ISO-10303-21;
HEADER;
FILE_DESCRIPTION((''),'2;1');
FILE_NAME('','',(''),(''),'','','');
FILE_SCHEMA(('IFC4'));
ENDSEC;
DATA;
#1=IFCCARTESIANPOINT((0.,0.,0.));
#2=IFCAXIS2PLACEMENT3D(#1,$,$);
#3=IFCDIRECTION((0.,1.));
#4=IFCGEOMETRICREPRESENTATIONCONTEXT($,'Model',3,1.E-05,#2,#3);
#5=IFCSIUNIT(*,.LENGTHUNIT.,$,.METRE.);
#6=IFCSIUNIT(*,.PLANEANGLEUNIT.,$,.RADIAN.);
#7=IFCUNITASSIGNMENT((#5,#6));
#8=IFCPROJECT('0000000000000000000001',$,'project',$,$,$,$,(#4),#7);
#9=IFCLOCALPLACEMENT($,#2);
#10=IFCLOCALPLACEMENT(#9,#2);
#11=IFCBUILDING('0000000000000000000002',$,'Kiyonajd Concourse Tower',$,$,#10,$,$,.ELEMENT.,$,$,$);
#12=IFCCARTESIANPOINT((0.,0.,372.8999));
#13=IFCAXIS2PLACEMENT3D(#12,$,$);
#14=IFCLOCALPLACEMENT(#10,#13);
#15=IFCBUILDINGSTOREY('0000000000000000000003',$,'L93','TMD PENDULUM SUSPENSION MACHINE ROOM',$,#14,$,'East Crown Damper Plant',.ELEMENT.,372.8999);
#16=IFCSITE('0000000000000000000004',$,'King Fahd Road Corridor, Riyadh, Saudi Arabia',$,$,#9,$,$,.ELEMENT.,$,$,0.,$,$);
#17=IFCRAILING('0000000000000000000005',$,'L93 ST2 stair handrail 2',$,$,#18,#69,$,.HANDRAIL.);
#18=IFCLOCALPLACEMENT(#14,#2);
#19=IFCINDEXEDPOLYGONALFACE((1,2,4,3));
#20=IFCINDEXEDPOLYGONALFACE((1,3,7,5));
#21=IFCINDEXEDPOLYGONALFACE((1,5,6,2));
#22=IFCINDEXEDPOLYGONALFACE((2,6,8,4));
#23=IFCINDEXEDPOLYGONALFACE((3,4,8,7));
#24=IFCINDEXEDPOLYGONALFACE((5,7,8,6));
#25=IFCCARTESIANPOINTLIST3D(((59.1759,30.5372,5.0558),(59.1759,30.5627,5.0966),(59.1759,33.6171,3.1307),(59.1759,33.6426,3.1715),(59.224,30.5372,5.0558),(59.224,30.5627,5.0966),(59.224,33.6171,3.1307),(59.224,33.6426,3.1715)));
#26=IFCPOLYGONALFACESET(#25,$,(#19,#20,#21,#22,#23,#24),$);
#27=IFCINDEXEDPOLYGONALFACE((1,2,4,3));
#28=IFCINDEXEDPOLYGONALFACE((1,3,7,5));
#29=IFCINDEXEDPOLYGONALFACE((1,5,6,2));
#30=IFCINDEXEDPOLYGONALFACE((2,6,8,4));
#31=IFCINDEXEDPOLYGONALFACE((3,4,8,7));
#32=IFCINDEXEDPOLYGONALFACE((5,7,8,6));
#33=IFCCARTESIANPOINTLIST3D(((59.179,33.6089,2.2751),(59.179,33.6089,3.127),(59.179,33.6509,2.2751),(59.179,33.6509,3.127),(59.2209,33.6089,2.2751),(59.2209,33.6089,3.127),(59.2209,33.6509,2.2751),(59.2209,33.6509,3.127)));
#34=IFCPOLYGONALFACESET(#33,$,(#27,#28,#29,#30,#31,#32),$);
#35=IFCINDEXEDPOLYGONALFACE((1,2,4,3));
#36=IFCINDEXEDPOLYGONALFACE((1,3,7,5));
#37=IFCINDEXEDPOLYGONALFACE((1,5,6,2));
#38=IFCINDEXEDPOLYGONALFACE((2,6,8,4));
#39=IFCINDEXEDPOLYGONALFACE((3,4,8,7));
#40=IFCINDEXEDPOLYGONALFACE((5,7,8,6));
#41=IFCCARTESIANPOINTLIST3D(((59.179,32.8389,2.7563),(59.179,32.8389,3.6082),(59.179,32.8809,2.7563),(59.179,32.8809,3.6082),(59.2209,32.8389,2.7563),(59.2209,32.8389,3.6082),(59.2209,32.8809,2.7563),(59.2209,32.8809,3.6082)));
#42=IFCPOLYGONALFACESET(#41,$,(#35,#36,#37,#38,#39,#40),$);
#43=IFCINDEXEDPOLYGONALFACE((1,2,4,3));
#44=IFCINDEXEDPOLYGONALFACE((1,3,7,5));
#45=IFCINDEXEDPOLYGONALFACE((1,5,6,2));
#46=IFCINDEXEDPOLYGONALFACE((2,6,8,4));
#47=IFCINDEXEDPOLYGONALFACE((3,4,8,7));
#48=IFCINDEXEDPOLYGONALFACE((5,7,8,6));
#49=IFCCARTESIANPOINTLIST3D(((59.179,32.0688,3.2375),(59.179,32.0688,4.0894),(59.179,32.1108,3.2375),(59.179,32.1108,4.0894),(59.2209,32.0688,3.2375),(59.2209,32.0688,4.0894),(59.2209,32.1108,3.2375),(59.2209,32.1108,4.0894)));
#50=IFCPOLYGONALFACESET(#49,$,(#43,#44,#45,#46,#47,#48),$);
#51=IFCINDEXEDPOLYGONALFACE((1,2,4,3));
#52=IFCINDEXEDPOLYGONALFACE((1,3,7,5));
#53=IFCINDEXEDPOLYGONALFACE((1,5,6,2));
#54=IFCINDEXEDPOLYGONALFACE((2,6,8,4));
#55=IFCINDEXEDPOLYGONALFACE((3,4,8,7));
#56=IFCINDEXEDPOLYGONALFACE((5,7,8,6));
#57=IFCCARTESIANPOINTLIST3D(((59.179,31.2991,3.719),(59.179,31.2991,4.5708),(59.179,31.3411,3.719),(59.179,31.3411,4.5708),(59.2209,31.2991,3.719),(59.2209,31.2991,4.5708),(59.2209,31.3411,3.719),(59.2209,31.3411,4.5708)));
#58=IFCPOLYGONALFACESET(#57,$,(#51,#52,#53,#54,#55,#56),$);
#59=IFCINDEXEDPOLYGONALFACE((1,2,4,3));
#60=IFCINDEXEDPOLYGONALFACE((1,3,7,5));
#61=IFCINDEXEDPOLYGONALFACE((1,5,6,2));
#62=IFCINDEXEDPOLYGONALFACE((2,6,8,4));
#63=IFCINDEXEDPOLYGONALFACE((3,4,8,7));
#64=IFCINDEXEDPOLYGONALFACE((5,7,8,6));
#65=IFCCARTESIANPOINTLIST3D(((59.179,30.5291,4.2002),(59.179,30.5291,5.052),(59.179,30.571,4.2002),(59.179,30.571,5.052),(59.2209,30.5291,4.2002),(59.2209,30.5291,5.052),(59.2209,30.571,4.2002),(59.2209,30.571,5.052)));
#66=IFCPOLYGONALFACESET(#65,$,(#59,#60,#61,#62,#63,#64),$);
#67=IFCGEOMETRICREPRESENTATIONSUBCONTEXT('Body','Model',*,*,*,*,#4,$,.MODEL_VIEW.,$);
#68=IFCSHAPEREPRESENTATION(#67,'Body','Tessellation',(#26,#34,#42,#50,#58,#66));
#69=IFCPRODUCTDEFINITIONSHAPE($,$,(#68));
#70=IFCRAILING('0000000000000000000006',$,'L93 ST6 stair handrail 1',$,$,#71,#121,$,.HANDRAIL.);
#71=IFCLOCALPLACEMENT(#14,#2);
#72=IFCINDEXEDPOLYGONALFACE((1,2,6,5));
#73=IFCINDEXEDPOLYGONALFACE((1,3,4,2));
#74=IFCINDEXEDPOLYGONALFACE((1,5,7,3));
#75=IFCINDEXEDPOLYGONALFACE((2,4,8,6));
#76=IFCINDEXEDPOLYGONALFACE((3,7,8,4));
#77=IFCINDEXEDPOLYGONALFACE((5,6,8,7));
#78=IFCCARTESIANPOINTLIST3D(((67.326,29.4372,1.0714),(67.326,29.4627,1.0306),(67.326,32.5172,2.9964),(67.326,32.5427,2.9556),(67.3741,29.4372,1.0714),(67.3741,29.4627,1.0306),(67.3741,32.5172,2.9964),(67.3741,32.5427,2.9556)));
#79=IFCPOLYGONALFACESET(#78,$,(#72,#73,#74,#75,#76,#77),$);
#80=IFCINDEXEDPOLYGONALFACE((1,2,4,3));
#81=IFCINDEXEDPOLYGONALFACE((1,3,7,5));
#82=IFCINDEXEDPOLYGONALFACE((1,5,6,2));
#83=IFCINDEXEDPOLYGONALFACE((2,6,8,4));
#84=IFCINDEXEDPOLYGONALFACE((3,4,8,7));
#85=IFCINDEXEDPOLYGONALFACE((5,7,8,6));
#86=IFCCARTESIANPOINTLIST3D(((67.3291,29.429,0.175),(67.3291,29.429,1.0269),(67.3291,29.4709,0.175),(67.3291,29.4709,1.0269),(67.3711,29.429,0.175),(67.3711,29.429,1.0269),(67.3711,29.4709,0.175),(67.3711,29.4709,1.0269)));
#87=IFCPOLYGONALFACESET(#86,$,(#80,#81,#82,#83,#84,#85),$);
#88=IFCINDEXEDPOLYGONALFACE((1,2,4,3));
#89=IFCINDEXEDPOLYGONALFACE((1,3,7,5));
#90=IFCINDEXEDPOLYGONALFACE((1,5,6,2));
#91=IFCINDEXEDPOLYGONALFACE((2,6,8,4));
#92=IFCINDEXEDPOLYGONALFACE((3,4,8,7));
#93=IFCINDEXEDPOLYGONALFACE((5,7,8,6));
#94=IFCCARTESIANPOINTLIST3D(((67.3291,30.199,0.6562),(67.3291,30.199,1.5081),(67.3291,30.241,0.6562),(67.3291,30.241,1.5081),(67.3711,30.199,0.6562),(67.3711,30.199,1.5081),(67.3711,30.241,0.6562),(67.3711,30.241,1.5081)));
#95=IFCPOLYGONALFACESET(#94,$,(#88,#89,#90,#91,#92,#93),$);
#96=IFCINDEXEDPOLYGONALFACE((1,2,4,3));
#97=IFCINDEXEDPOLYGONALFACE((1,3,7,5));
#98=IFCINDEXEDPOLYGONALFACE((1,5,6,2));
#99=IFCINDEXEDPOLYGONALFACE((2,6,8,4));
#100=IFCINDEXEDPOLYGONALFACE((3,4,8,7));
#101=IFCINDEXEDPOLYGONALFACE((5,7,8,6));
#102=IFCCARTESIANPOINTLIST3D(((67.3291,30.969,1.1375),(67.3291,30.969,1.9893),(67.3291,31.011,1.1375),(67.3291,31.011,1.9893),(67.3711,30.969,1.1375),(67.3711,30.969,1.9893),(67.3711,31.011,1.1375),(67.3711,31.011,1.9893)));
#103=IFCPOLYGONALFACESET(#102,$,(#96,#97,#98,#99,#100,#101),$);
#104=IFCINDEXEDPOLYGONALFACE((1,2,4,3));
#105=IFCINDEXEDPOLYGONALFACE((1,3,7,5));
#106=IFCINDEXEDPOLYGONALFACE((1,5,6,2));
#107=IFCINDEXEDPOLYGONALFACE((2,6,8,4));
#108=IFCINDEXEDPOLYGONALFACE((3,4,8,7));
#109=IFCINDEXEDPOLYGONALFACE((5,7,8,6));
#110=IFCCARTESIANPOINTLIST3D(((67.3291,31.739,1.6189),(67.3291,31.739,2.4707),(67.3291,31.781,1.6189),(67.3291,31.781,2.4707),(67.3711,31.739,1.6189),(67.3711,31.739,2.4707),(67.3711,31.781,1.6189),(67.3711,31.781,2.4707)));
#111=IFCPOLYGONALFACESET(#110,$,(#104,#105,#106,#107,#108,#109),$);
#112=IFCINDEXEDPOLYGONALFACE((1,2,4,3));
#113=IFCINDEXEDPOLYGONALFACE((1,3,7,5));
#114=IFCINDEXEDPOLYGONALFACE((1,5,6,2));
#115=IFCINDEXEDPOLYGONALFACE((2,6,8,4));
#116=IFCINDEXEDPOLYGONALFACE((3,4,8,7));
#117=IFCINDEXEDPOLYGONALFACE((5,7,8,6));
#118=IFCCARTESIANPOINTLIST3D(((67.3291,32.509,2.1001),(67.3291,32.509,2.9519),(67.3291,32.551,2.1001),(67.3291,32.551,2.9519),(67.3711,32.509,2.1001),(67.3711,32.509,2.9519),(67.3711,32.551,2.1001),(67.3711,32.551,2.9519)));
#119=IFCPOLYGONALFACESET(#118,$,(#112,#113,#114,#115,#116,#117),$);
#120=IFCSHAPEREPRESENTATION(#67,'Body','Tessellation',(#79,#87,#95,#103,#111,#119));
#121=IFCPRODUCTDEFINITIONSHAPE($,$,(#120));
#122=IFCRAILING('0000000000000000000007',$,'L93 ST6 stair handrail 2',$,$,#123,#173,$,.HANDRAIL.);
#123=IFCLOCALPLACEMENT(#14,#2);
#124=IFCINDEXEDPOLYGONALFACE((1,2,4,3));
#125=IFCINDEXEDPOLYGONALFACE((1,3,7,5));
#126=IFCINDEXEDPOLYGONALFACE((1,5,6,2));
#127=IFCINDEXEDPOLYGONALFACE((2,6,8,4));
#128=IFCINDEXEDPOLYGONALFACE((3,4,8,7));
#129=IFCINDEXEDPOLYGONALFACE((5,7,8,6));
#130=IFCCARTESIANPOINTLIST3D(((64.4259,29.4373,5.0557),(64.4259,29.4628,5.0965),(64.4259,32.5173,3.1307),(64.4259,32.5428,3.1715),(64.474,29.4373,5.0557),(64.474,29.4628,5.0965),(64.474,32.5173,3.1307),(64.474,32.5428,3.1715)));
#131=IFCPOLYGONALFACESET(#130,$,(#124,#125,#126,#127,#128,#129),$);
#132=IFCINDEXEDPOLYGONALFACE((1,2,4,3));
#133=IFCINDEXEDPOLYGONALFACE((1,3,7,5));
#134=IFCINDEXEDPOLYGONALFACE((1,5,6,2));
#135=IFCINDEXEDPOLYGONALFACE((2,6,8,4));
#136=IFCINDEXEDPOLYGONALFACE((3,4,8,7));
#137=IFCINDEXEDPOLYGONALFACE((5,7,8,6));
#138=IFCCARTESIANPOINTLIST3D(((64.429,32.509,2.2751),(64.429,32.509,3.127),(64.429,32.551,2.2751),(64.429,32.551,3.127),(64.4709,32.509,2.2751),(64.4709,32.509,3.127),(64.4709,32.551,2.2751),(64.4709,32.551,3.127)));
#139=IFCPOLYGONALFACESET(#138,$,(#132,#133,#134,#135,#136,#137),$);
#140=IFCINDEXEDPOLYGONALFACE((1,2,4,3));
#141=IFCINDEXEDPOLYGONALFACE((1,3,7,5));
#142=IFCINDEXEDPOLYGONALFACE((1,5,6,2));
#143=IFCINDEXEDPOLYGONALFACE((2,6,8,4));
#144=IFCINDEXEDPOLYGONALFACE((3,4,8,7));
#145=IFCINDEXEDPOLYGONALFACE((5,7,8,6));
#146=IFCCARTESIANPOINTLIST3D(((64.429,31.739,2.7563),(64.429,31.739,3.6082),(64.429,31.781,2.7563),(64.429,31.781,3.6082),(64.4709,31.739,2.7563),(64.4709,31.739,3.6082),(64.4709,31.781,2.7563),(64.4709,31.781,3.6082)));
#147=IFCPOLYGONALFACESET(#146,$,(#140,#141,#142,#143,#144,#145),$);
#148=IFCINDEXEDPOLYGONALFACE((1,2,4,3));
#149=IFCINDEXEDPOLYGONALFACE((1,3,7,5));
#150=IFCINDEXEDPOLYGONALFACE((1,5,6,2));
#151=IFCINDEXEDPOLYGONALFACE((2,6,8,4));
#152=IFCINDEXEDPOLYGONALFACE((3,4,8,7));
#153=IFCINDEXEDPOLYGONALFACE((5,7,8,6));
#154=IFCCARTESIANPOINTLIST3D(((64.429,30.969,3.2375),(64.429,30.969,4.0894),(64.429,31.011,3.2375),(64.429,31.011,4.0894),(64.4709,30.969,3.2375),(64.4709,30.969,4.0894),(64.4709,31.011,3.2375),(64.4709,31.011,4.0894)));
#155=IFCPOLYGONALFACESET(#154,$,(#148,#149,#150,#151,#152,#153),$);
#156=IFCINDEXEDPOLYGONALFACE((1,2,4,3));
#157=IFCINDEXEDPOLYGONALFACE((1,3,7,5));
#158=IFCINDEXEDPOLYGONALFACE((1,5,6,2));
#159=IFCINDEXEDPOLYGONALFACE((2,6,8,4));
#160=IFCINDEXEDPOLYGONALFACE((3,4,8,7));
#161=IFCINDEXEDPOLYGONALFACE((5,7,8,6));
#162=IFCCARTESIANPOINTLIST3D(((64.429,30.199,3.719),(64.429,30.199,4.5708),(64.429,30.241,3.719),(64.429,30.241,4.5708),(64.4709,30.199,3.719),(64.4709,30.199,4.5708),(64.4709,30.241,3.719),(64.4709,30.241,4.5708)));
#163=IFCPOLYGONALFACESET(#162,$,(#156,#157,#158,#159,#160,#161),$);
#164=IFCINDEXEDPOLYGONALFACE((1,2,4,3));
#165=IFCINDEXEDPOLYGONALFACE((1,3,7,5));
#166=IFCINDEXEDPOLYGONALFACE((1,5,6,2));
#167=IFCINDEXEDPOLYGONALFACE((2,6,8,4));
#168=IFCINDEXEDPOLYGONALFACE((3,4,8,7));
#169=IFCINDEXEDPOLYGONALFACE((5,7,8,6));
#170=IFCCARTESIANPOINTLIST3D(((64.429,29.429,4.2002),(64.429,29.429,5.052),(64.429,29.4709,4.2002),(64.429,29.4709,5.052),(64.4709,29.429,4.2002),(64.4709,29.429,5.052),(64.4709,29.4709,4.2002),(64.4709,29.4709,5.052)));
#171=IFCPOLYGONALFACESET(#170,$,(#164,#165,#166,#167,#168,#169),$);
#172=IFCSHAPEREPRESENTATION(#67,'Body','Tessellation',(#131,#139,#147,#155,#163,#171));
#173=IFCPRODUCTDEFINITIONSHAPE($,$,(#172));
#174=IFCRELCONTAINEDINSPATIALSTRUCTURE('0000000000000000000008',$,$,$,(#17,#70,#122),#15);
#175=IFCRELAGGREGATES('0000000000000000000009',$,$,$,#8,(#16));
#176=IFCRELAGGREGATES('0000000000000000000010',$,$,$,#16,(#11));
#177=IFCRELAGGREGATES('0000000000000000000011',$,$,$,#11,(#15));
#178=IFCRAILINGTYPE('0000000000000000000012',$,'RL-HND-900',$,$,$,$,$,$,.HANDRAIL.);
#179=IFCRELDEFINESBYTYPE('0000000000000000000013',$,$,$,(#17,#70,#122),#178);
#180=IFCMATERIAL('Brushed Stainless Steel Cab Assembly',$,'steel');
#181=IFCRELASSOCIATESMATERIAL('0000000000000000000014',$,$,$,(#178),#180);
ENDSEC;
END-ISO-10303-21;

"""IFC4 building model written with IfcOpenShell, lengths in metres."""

from ifc_helpers import new_model, si_unit, direction, frame, origin, origin_2d, place, context, subcontext, project, spatial, rectangle, extrude, material, type_object, element, save


model = new_model("IFC4")

# Units and contexts
model_context = context("Model", 3, precision=1e-05, world=origin(), true_north=direction((0.0, 1.0)))
body_context = subcontext(model_context, "Body", "Model", "MODEL_VIEW")
ifc_project = project(units=[si_unit("LENGTHUNIT", "METRE"), si_unit("PLANEANGLEUNIT", "RADIAN")], contexts=[model_context])

# Site, building, storey
site_placement = place(None, origin())
site = spatial("IfcSite", under=ifc_project, at=site_placement, Name="King Fahd Road Corridor, Riyadh, Saudi Arabia", CompositionType="ELEMENT", RefElevation=0.0)
building_placement = place(site_placement, origin())
building = spatial("IfcBuilding", under=site, at=building_placement, Name="Kiyonajd Concourse Tower", CompositionType="ELEMENT")
storey_placement = place(building_placement, frame((0.0, 0.0, 372.8999)))
storey = spatial("IfcBuildingStorey", under=building, at=storey_placement, Name="L93", Description="TMD PENDULUM SUSPENSION MACHINE ROOM", LongName="East Crown Damper Plant", CompositionType="ELEMENT", Elevation=372.8999)

# Railings
ifc_material_1 = material(Name="Brushed Stainless Steel Cab Assembly", Category="steel")
railing_type_1 = type_object("IfcRailingType", Name="RL-HND-900", PredefinedType="HANDRAIL", material=ifc_material_1)
railing_1_placement = place(storey_placement, frame((59.2, 33.6299, 2.2751)))
element("IfcRailing", 1, at=railing_1_placement, inside=storey, type_object=railing_type_1, Name="L93 ST2 stair handrail 2", PredefinedType="HANDRAIL", context=body_context, shape_type="SweptSolid", body=[
    extrude(rectangle(XDim=0.0481, YDim=0.0481, at=origin_2d()), frame((0.0, 0.0, 0.876), z_axis=(0.0, -0.847979, 0.530029), x_axis=(1.0, 0.0, 0.0)), (0.0, 0.0, 1.0), 3.6321),
    extrude(rectangle(XDim=0.042, YDim=0.042, at=origin_2d()), origin(), (0.0, 0.0, 1.0), 0.8518),
    extrude(rectangle(XDim=0.042, YDim=0.042, at=origin_2d()), frame((0.0, -0.77, 0.4812)), (0.0, 0.0, 1.0), 0.8518),
    extrude(rectangle(XDim=0.042, YDim=0.042, at=origin_2d()), frame((0.0, -1.54, 0.9624)), (0.0, 0.0, 1.0), 0.8518),
    extrude(rectangle(XDim=0.042, YDim=0.042, at=origin_2d()), frame((0.0, -2.3098, 1.4438)), (0.0, 0.0, 1.0), 0.8518),
    extrude(rectangle(XDim=0.042, YDim=0.042, at=origin_2d()), frame((0.0, -3.0798, 1.925)), (0.0, 0.0, 1.0), 0.8518),
])
railing_2_placement = place(storey_placement, frame((67.3501, 29.45, 0.175)))
element("IfcRailing", 2, at=railing_2_placement, inside=storey, type_object=railing_type_1, Name="L93 ST6 stair handrail 1", PredefinedType="HANDRAIL", context=body_context, shape_type="SweptSolid", body=[
    extrude(rectangle(XDim=0.0481, YDim=0.0481, at=origin_2d()), frame((0.0, 0.0, 0.876), z_axis=(0.0, 0.847998, 0.529999), x_axis=(-1.0, 0.0, 0.0)), (0.0, 0.0, 1.0), 3.6321),
    extrude(rectangle(XDim=0.042, YDim=0.042, at=origin_2d()), origin(), (0.0, 0.0, 1.0), 0.8518),
    extrude(rectangle(XDim=0.042, YDim=0.042, at=origin_2d()), frame((0.0, 0.77, 0.4812)), (0.0, 0.0, 1.0), 0.8518),
    extrude(rectangle(XDim=0.042, YDim=0.042, at=origin_2d()), frame((0.0, 1.54, 0.9624)), (0.0, 0.0, 1.0), 0.8518),
    extrude(rectangle(XDim=0.042, YDim=0.042, at=origin_2d()), frame((0.0, 2.3101, 1.4438)), (0.0, 0.0, 1.0), 0.8518),
    extrude(rectangle(XDim=0.042, YDim=0.042, at=origin_2d()), frame((0.0, 3.0801, 1.925)), (0.0, 0.0, 1.0), 0.8518),
])
railing_3_placement = place(storey_placement, frame((64.45, 32.53, 2.2751)))
element("IfcRailing", 3, at=railing_3_placement, inside=storey, type_object=railing_type_1, Name="L93 ST6 stair handrail 2", PredefinedType="HANDRAIL", context=body_context, shape_type="SweptSolid", body=[
    extrude(rectangle(XDim=0.0481, YDim=0.0481, at=origin_2d()), frame((0.0, 0.0, 0.876), z_axis=(0.0, -0.847998, 0.529999), x_axis=(1.0, 0.0, 0.0)), (0.0, 0.0, 1.0), 3.6321),
    extrude(rectangle(XDim=0.042, YDim=0.042, at=origin_2d()), origin(), (0.0, 0.0, 1.0), 0.8518),
    extrude(rectangle(XDim=0.042, YDim=0.042, at=origin_2d()), frame((0.0, -0.77, 0.4812)), (0.0, 0.0, 1.0), 0.8518),
    extrude(rectangle(XDim=0.042, YDim=0.042, at=origin_2d()), frame((0.0, -1.54, 0.9624)), (0.0, 0.0, 1.0), 0.8518),
    extrude(rectangle(XDim=0.042, YDim=0.042, at=origin_2d()), frame((0.0, -2.3101, 1.4438)), (0.0, 0.0, 1.0), 0.8518),
    extrude(rectangle(XDim=0.042, YDim=0.042, at=origin_2d()), frame((0.0, -3.0801, 1.925)), (0.0, 0.0, 1.0), 0.8518),
])

save(model, "model.ifc")
